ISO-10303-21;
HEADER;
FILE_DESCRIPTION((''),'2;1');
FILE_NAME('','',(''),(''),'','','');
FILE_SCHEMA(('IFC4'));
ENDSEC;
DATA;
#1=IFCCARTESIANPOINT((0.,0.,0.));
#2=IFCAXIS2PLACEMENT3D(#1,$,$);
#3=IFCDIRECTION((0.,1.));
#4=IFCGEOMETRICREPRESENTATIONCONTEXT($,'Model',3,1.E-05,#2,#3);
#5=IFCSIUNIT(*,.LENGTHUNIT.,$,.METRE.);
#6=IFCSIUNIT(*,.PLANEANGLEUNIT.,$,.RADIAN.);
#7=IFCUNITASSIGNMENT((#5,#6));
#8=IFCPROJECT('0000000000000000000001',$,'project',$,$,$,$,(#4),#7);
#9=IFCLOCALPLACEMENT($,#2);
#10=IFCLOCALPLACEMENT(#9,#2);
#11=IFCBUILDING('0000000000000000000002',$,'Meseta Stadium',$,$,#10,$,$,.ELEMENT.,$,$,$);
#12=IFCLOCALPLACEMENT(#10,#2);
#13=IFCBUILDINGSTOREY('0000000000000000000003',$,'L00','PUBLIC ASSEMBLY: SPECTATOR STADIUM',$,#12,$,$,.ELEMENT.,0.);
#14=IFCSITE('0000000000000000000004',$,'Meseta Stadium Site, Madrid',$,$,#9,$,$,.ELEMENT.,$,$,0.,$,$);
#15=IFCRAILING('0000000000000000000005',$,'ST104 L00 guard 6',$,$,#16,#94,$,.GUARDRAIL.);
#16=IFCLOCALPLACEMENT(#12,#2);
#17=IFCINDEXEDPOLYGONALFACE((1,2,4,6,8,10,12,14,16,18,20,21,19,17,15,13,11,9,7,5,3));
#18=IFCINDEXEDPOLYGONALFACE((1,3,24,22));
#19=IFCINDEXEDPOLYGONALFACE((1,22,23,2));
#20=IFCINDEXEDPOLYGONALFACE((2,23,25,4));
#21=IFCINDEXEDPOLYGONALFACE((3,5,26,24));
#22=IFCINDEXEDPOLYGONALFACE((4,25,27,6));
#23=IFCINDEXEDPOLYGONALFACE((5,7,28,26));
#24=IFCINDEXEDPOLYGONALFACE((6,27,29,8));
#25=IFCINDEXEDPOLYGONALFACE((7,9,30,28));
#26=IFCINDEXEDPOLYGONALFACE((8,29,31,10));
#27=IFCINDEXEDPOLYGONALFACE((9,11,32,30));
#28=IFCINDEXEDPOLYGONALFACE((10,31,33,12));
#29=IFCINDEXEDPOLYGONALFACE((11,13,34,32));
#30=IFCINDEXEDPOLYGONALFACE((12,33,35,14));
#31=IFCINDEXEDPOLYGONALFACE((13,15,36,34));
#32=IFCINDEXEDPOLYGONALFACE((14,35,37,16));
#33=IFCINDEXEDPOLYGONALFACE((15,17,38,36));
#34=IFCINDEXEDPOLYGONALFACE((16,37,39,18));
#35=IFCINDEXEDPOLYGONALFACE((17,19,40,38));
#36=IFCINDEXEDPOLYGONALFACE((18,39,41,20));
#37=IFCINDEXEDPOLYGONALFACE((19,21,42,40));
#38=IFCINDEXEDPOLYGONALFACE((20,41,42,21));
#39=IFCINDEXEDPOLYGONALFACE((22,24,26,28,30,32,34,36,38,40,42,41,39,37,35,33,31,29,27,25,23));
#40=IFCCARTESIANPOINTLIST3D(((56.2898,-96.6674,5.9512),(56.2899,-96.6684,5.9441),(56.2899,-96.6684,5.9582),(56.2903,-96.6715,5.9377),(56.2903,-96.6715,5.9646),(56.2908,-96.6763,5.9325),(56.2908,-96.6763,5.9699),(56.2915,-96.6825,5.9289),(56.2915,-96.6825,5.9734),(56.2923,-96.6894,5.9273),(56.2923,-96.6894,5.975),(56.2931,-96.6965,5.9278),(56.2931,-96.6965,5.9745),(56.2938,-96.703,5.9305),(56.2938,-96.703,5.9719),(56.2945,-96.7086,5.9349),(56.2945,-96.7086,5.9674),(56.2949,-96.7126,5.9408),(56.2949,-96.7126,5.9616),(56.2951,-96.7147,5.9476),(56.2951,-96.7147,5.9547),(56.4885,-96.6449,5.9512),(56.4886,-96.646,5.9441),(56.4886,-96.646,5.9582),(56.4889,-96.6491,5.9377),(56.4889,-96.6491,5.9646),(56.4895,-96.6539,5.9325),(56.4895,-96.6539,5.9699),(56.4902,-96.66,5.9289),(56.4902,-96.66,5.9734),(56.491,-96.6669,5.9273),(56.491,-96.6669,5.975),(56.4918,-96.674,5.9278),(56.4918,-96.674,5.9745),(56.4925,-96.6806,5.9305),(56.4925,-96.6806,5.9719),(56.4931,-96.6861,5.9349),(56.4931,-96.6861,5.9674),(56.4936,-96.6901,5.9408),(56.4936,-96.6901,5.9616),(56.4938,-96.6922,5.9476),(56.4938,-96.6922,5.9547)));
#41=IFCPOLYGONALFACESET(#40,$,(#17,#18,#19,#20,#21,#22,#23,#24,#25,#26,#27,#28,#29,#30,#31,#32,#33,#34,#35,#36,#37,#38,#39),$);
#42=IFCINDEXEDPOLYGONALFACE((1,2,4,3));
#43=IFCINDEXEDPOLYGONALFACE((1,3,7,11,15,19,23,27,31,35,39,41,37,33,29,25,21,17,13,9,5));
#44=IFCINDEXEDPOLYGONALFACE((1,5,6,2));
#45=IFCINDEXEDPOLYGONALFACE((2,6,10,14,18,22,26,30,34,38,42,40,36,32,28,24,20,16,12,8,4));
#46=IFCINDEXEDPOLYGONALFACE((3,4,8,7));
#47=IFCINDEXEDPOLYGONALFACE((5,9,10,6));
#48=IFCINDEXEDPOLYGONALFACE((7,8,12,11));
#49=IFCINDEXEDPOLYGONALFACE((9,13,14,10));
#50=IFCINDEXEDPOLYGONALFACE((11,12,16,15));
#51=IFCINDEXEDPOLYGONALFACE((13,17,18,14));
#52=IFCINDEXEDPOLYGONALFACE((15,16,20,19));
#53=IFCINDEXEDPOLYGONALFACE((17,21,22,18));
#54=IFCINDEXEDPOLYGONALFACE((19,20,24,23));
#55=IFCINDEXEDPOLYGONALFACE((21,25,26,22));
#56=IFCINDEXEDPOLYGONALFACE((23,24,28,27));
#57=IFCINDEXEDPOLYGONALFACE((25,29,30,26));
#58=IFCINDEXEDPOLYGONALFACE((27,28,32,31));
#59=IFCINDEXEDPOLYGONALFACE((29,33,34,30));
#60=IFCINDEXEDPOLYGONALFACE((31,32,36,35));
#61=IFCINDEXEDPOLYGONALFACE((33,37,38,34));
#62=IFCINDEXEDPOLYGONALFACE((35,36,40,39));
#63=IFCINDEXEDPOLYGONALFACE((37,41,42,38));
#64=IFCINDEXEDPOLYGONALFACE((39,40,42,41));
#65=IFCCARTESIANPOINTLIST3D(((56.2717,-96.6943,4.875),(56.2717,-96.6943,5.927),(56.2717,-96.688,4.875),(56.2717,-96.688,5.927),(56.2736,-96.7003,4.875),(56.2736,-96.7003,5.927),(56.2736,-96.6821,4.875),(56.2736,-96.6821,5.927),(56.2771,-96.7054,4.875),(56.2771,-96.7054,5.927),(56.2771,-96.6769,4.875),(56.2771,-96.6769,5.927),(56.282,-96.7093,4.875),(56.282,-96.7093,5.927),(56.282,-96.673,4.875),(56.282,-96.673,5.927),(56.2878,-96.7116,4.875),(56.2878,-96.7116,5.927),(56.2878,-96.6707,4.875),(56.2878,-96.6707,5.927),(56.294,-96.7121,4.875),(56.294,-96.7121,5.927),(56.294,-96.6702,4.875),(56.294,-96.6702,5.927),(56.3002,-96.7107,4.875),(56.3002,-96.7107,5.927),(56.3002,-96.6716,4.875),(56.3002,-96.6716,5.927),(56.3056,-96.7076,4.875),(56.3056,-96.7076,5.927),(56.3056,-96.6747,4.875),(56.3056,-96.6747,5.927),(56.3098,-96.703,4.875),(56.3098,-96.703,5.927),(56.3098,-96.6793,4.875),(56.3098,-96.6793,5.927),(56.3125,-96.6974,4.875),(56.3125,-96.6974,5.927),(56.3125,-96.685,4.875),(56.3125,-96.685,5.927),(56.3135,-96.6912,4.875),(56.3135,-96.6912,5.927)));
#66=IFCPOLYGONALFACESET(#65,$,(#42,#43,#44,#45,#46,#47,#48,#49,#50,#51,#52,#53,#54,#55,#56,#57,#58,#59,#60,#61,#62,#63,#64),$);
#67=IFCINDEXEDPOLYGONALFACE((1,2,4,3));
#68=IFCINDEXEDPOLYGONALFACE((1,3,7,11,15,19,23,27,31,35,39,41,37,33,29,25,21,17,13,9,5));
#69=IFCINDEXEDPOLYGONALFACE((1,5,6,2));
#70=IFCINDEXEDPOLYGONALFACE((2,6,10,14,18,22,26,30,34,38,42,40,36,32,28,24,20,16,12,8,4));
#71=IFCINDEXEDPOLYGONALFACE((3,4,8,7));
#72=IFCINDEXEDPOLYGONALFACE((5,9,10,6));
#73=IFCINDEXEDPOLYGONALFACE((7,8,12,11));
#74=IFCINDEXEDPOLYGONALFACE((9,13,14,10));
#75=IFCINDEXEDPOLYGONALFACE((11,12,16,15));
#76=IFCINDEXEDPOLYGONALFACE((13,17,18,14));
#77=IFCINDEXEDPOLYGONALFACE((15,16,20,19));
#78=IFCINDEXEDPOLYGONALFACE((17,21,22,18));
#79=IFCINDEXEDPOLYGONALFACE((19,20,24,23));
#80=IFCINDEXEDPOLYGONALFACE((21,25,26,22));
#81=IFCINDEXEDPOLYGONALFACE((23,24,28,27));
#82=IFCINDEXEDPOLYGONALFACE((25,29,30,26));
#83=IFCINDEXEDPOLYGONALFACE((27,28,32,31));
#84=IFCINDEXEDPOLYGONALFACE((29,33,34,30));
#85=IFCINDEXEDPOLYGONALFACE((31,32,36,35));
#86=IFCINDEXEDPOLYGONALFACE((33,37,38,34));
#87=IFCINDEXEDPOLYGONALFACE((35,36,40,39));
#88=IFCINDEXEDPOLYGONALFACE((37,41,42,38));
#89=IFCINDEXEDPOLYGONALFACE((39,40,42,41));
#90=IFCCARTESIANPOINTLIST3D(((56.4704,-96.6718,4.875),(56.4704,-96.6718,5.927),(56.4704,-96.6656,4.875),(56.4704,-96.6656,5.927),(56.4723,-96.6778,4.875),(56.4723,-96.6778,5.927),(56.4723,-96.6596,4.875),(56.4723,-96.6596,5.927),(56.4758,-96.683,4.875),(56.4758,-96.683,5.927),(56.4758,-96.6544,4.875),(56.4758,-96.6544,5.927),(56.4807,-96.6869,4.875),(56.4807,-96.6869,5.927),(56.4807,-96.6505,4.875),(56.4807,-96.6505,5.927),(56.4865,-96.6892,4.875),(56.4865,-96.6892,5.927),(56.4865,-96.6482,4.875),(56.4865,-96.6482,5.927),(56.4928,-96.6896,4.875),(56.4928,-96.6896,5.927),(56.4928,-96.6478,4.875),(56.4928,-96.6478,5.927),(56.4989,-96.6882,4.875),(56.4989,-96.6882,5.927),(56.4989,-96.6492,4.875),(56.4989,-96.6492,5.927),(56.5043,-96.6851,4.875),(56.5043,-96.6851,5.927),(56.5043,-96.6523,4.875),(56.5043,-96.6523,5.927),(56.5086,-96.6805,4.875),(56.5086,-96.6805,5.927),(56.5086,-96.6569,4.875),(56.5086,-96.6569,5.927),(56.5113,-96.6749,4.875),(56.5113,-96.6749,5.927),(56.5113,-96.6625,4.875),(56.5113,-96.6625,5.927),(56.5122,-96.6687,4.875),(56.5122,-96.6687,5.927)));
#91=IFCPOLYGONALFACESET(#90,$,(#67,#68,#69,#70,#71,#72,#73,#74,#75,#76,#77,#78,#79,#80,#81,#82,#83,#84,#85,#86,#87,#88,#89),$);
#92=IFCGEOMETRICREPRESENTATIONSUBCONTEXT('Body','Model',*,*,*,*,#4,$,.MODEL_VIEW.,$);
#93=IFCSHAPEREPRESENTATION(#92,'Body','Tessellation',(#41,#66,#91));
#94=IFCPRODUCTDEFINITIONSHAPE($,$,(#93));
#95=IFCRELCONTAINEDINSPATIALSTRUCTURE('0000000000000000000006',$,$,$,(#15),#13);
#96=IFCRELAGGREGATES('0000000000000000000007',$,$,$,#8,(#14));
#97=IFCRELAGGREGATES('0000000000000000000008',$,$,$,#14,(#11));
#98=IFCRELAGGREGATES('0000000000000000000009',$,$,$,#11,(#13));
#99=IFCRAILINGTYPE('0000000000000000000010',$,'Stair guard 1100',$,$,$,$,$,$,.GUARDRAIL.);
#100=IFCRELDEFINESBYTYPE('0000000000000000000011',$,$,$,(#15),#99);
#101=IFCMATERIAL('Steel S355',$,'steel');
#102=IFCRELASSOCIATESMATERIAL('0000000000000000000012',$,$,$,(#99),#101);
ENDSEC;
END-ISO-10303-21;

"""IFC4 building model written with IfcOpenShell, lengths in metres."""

from ifc_helpers import new_model, si_unit, direction, frame, origin, origin_2d, place, context, subcontext, project, spatial, circle, extrude, material, type_object, element, save


model = new_model("IFC4")

# Units and contexts
model_context = context("Model", 3, precision=1e-05, world=origin(), true_north=direction((0.0, 1.0)))
body_context = subcontext(model_context, "Body", "Model", "MODEL_VIEW")
ifc_project = project(units=[si_unit("LENGTHUNIT", "METRE"), si_unit("PLANEANGLEUNIT", "RADIAN")], contexts=[model_context])

# Site, building, storey
site_placement = place(None, origin())
site = spatial("IfcSite", under=ifc_project, at=site_placement, Name="Meseta Stadium Site, Madrid", CompositionType="ELEMENT", RefElevation=0.0)
building_placement = place(site_placement, origin())
building = spatial("IfcBuilding", under=site, at=building_placement, Name="Meseta Stadium", CompositionType="ELEMENT")
storey_placement = place(building_placement, origin())
storey = spatial("IfcBuildingStorey", under=building, at=storey_placement, Name="L00", Description="PUBLIC ASSEMBLY: SPECTATOR STADIUM", CompositionType="ELEMENT", Elevation=0.0)

# Railing
ifc_material_1 = material(Name="Steel S355", Category="steel")
railing_type_1 = type_object("IfcRailingType", Name="Stair guard 1100", PredefinedType="GUARDRAIL", material=ifc_material_1)
railing_1_placement = place(storey_placement, frame((56.2925, -96.6912, 4.875)))
element("IfcRailing", 1, at=railing_1_placement, inside=storey, type_object=railing_type_1, Name="ST104 L00 guard 6", PredefinedType="GUARDRAIL", context=body_context, shape_type="SweptSolid", body=[
    extrude(circle(Radius=0.0239, at=origin_2d()), frame((0.0, 0.0, 1.0762), z_axis=(0.993674, 0.112307, 0.0), x_axis=(-0.112307, 0.993674, 0.0)), (0.0, 0.0, 1.0), 0.2),
    extrude(circle(Radius=0.021, at=origin_2d()), origin(), (0.0, 0.0, 1.0), 1.052),
    extrude(circle(Radius=0.021, at=origin_2d()), frame((0.1987, 0.0225, 0.0)), (0.0, 0.0, 1.0), 1.052),
])

save(model, "model.ifc")
